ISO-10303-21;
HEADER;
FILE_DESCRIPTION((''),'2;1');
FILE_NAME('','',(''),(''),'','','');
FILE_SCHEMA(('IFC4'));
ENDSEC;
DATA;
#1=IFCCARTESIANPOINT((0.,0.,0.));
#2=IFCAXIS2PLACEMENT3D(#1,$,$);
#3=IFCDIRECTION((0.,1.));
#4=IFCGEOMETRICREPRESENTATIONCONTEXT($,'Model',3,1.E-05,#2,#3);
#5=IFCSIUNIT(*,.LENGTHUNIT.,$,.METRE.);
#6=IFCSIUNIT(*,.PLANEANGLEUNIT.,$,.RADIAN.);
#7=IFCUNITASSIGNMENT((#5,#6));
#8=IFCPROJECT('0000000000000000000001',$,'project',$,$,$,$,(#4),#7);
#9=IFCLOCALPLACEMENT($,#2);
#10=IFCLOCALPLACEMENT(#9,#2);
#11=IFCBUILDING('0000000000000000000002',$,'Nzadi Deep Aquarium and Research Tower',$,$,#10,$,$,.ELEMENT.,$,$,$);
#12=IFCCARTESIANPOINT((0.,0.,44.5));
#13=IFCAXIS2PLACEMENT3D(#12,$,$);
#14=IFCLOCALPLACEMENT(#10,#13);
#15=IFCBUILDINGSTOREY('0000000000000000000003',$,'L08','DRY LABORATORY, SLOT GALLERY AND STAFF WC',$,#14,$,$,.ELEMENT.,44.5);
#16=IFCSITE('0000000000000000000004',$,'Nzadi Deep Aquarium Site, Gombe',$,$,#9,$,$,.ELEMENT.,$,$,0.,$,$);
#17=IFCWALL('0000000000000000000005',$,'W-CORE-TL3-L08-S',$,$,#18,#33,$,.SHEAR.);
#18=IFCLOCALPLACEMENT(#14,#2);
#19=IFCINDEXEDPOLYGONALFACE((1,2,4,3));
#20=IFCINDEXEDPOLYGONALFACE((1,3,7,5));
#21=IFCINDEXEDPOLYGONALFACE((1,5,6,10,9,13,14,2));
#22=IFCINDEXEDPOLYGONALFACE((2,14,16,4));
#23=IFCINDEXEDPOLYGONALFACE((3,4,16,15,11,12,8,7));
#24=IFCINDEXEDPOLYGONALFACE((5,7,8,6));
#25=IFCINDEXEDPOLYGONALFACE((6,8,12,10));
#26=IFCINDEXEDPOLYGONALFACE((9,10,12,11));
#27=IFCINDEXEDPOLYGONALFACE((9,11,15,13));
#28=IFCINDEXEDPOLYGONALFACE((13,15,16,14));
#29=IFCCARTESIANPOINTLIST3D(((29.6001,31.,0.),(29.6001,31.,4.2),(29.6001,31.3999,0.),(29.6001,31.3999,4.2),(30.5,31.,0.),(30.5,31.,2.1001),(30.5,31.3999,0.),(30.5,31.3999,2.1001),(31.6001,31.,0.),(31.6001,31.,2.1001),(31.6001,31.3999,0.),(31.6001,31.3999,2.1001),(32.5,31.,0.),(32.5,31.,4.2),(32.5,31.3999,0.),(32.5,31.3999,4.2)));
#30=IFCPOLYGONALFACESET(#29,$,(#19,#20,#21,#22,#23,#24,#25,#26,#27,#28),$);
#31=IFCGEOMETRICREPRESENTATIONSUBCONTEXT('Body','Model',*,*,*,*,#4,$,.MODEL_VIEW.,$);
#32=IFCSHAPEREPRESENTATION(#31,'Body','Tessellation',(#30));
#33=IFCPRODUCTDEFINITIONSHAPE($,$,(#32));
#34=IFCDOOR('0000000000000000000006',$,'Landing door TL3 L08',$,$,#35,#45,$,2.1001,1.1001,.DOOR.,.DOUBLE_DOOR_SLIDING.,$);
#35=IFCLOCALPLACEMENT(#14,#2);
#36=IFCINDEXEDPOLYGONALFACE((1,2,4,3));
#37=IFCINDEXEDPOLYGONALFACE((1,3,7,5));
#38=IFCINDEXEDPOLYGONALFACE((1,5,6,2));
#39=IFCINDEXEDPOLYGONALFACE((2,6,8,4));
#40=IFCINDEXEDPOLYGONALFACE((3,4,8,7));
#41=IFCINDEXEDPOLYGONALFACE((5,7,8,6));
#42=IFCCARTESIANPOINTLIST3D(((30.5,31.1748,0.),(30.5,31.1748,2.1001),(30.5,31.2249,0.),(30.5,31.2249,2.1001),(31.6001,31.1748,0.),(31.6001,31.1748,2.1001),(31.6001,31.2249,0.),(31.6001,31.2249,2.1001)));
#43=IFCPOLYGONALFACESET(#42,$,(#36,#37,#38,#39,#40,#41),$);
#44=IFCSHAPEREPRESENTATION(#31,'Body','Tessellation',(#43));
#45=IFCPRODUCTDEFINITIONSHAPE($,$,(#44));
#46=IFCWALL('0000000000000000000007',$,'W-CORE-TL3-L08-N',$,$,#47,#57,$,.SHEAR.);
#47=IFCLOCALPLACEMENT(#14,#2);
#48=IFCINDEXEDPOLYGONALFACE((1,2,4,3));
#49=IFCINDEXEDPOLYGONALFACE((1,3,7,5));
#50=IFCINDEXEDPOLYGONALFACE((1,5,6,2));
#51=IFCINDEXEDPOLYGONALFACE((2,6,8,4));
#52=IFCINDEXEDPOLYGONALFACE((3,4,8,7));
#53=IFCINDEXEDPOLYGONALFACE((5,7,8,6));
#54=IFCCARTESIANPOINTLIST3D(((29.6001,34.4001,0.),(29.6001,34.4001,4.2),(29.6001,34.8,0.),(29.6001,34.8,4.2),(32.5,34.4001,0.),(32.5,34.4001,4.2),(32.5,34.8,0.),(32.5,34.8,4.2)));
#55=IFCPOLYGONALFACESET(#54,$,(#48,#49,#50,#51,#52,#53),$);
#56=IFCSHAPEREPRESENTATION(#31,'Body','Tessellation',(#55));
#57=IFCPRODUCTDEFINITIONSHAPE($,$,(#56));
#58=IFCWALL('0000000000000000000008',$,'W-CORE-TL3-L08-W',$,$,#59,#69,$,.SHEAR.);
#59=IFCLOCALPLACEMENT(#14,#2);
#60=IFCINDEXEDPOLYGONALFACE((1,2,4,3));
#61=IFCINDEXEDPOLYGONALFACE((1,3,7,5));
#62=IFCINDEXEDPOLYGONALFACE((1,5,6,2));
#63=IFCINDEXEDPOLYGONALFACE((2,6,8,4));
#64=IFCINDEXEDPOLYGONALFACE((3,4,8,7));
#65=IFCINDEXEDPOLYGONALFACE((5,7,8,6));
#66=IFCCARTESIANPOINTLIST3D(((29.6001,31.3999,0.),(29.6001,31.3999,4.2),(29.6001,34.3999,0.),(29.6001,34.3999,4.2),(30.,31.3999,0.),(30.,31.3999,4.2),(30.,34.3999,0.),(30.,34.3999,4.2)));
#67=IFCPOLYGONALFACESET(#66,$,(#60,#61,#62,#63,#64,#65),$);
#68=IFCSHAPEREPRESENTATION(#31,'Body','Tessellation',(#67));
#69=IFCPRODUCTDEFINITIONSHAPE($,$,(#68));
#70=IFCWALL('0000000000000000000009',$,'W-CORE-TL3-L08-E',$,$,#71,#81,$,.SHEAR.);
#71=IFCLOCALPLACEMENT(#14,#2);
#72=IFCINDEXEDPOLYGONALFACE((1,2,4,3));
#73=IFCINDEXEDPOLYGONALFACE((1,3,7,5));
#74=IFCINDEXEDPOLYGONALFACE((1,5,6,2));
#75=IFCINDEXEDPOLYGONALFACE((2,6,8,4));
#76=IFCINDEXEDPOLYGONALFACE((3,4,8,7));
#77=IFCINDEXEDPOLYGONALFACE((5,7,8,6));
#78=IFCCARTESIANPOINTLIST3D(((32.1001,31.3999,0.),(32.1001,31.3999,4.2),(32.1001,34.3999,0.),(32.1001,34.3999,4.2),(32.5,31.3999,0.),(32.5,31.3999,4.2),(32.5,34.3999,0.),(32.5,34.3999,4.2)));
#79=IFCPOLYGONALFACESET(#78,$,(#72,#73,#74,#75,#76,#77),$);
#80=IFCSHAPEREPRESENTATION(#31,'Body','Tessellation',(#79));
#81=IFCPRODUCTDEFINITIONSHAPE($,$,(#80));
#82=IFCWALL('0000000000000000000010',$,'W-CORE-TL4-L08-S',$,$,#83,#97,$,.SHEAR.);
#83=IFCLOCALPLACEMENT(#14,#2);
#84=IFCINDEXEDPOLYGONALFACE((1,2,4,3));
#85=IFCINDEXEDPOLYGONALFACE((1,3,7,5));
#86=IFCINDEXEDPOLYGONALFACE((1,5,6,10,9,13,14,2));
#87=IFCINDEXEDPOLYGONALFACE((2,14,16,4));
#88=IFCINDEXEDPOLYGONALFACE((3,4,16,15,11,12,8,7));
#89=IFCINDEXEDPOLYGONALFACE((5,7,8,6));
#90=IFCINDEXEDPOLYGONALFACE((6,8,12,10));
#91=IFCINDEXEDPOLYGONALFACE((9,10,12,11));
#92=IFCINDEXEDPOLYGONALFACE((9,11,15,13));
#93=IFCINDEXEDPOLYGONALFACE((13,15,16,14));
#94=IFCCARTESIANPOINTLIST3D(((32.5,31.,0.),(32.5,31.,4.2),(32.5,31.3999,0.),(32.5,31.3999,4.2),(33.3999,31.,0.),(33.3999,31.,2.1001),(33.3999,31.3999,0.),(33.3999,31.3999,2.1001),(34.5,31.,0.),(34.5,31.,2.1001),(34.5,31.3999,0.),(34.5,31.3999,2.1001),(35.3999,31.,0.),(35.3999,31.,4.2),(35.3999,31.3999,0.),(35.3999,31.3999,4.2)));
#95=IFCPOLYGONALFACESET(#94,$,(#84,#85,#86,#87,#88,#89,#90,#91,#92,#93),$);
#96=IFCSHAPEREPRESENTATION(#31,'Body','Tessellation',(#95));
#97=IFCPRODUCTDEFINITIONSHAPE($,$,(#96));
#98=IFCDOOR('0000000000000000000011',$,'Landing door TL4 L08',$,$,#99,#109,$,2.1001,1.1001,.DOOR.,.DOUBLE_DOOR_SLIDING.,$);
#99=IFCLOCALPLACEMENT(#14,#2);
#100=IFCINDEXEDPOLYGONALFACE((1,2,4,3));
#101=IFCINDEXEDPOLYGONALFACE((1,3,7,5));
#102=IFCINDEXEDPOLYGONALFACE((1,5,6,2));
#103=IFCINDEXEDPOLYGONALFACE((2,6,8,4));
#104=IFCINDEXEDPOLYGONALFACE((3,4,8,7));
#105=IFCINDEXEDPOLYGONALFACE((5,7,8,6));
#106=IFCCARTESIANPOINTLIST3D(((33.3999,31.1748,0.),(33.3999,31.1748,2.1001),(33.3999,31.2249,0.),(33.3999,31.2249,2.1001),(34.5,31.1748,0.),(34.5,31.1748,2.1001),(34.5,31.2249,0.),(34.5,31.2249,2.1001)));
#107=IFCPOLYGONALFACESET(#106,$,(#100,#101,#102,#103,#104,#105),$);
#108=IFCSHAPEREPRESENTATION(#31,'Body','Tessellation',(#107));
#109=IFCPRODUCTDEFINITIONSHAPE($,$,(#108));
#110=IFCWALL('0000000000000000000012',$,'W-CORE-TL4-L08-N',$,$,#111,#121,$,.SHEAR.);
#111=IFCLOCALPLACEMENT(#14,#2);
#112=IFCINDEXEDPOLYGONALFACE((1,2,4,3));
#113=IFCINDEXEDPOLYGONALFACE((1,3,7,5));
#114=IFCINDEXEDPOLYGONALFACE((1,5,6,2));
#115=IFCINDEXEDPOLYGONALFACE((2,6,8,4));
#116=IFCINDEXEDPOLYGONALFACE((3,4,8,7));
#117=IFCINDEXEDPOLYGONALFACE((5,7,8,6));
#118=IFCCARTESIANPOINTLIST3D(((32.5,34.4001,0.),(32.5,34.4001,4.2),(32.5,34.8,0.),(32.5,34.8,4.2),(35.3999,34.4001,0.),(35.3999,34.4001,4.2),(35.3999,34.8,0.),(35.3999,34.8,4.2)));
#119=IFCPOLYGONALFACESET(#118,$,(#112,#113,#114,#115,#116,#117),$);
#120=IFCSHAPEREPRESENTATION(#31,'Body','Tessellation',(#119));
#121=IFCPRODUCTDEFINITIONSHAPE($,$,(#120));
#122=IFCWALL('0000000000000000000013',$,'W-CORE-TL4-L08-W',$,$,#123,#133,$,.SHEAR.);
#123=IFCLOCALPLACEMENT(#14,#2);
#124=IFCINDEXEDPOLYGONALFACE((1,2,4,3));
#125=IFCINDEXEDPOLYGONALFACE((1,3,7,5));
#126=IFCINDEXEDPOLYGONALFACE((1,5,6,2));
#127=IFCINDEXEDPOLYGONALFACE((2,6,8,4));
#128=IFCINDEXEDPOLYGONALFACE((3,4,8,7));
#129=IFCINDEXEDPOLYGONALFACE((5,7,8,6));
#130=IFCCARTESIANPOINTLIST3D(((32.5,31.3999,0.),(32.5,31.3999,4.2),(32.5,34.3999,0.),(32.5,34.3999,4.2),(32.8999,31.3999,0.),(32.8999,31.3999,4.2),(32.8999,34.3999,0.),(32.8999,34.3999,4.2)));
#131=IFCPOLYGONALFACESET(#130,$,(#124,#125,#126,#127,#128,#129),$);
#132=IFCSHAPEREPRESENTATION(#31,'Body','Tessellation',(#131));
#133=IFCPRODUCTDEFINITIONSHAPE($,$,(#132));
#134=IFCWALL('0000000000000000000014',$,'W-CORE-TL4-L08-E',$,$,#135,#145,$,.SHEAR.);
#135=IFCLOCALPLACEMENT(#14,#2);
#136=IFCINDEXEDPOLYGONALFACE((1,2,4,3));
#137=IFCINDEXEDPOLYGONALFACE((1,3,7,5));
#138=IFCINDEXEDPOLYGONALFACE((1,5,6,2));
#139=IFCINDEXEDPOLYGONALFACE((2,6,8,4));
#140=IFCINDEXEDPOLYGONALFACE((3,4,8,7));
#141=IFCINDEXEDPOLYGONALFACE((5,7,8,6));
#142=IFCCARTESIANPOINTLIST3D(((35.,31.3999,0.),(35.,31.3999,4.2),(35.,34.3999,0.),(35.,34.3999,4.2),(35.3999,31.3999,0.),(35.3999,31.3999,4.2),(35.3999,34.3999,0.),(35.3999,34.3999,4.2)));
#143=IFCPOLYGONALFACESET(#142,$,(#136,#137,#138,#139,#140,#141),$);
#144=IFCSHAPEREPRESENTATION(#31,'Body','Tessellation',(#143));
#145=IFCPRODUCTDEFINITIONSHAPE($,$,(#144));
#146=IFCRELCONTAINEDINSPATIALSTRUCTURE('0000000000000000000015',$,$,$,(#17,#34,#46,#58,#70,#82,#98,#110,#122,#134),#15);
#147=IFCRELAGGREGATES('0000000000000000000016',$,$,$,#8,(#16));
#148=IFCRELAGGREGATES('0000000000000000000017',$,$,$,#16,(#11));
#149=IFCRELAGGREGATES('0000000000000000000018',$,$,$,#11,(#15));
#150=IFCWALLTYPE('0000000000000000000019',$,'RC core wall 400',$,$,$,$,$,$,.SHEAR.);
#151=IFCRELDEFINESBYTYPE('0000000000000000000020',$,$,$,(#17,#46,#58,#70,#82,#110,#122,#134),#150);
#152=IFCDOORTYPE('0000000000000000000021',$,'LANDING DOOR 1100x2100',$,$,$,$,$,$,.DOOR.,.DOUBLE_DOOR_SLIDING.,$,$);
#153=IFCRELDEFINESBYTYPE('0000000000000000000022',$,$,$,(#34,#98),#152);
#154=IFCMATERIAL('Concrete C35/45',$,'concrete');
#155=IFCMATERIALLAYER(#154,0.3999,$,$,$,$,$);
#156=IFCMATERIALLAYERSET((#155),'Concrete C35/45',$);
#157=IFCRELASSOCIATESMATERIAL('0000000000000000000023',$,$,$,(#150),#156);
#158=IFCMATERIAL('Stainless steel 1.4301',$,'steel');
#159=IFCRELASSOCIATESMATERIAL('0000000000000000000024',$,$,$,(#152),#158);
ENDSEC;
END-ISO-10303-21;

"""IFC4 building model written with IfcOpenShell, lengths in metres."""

from ifc_helpers import new_model, si_unit, direction, frame, frame_2d, origin, place, context, subcontext, project, spatial, rectangle, extrude, material, layer, layer_set, type_object, element, fill, save


model = new_model("IFC4")

# Units and contexts
model_context = context("Model", 3, precision=1e-05, world=origin(), true_north=direction((0.0, 1.0)))
body_context = subcontext(model_context, "Body", "Model", "MODEL_VIEW")
ifc_project = project(units=[si_unit("LENGTHUNIT", "METRE"), si_unit("PLANEANGLEUNIT", "RADIAN")], contexts=[model_context])

# Site, building, storey
site_placement = place(None, origin())
site = spatial("IfcSite", under=ifc_project, at=site_placement, Name="Nzadi Deep Aquarium Site, Gombe", CompositionType="ELEMENT", RefElevation=0.0)
building_placement = place(site_placement, origin())
building = spatial("IfcBuilding", under=site, at=building_placement, Name="Nzadi Deep Aquarium and Research Tower", CompositionType="ELEMENT")
storey_placement = place(building_placement, frame((0.0, 0.0, 44.5)))
storey = spatial("IfcBuildingStorey", under=building, at=storey_placement, Name="L08", Description="DRY LABORATORY, SLOT GALLERY AND STAFF WC", CompositionType="ELEMENT", Elevation=44.5)

# Wall, opening, door
ifc_material_1 = material(Name="Concrete C35/45", Category="concrete")
ifc_layer_1 = layer(ifc_material_1, 0.3999)
ifc_layer_set_1 = layer_set([ifc_layer_1], Name="Concrete C35/45")
wall_type_1 = type_object("IfcWallType", Name="RC core wall 400", PredefinedType="SHEAR", material=ifc_layer_set_1)
wall_1_placement = place(storey_placement, frame((29.6001, 31.2, 0.0), z_axis=(0.0, 0.0, 1.0), x_axis=(1.0, 0.0, 0.0)))
wall_1 = element("IfcWall", 1, at=wall_1_placement, inside=storey, type_object=wall_type_1, Name="W-CORE-TL3-L08-S", PredefinedType="SHEAR", context=body_context, shape_type="SweptSolid", body=[
    extrude(rectangle(XDim=2.8999, YDim=0.3999, at=frame_2d((1.45, 0.0))), origin(), (0.0, 0.0, 1.0), 4.2),
])
opening_1_placement = place(wall_1_placement, frame((0.8999, 0.0, 0.0)))
opening_1 = element("IfcOpeningElement", 2, at=opening_1_placement, cuts=wall_1, PredefinedType="OPENING", context=body_context, shape_type="SweptSolid", body=[
    extrude(rectangle(XDim=1.1001, YDim=2.1001, at=frame_2d((0.55, 1.05))), frame((0.0, 0.21, 0.0), z_axis=(0.0, -1.0, 0.0), x_axis=(1.0, 0.0, 0.0)), (0.0, 0.0, 1.0), 0.4199),
])
ifc_material_2 = material(Name="Stainless steel 1.4301", Category="steel")
door_type_1 = type_object("IfcDoorType", Name="LANDING DOOR 1100x2100", OperationType="DOUBLE_DOOR_SLIDING", PredefinedType="DOOR", material=ifc_material_2)
door_1_placement = place(opening_1_placement, origin())
door_1 = element("IfcDoor", 3, at=door_1_placement, inside=storey, type_object=door_type_1, Name="Landing door TL3 L08", OperationType="DOUBLE_DOOR_SLIDING", OverallHeight=2.1001, OverallWidth=1.1001, PredefinedType="DOOR", context=body_context, shape_type="SweptSolid", body=[
    extrude(rectangle(XDim=1.1001, YDim=2.1001, at=frame_2d((0.55, 1.05))), frame((0.0, 0.0249, 0.0), z_axis=(0.0, -1.0, 0.0), x_axis=(1.0, 0.0, 0.0)), (0.0, 0.0, 1.0), 0.05),
])
fill(opening_1, door_1)

# Walls
wall_2_placement = place(storey_placement, frame((29.6001, 34.6001, 0.0), z_axis=(0.0, 0.0, 1.0), x_axis=(1.0, 0.0, 0.0)))
element("IfcWall", 4, at=wall_2_placement, inside=storey, type_object=wall_type_1, Name="W-CORE-TL3-L08-N", PredefinedType="SHEAR", context=body_context, shape_type="SweptSolid", body=[
    extrude(rectangle(XDim=2.8999, YDim=0.3999, at=frame_2d((1.45, 0.0))), origin(), (0.0, 0.0, 1.0), 4.2),
])
for number, where, z_axis, x_axis, name in (
    (5, (29.8, 31.3999, 0.0), (0.0, 0.0, 1.0), (0.0, 1.0, 0.0), "W-CORE-TL3-L08-W"),
    (6, (32.3, 31.3999, 0.0), (0.0, 0.0, 1.0), (0.0, 1.0, 0.0), "W-CORE-TL3-L08-E"),
):
    element("IfcWall", number, at=place(storey_placement, frame(where, z_axis=z_axis, x_axis=x_axis)), inside=storey, type_object=wall_type_1, Name=name, PredefinedType="SHEAR", context=body_context, shape_type="SweptSolid", body=[
        extrude(rectangle(XDim=3.0, YDim=0.3999, at=frame_2d((1.5, 0.0))), origin(), (0.0, 0.0, 1.0), 4.2),
    ])

# Wall, opening, door
wall_3_placement = place(storey_placement, frame((32.5, 31.2, 0.0), z_axis=(0.0, 0.0, 1.0), x_axis=(1.0, 0.0, 0.0)))
wall_3 = element("IfcWall", 7, at=wall_3_placement, inside=storey, type_object=wall_type_1, Name="W-CORE-TL4-L08-S", PredefinedType="SHEAR", context=body_context, shape_type="SweptSolid", body=[
    extrude(rectangle(XDim=2.8999, YDim=0.3999, at=frame_2d((1.45, 0.0))), origin(), (0.0, 0.0, 1.0), 4.2),
])
opening_2_placement = place(wall_3_placement, frame((0.8999, 0.0, 0.0)))
opening_2 = element("IfcOpeningElement", 8, at=opening_2_placement, cuts=wall_3, PredefinedType="OPENING", context=body_context, shape_type="SweptSolid", body=[
    extrude(rectangle(XDim=1.1001, YDim=2.1001, at=frame_2d((0.55, 1.05))), frame((0.0, 0.21, 0.0), z_axis=(0.0, -1.0, 0.0), x_axis=(1.0, 0.0, 0.0)), (0.0, 0.0, 1.0), 0.4199),
])
door_2_placement = place(opening_2_placement, origin())
door_2 = element("IfcDoor", 9, at=door_2_placement, inside=storey, type_object=door_type_1, Name="Landing door TL4 L08", OperationType="DOUBLE_DOOR_SLIDING", OverallHeight=2.1001, OverallWidth=1.1001, PredefinedType="DOOR", context=body_context, shape_type="SweptSolid", body=[
    extrude(rectangle(XDim=1.1001, YDim=2.1001, at=frame_2d((0.55, 1.05))), frame((0.0, 0.0249, 0.0), z_axis=(0.0, -1.0, 0.0), x_axis=(1.0, 0.0, 0.0)), (0.0, 0.0, 1.0), 0.05),
])
fill(opening_2, door_2)

# Walls
wall_4_placement = place(storey_placement, frame((32.5, 34.6001, 0.0), z_axis=(0.0, 0.0, 1.0), x_axis=(1.0, 0.0, 0.0)))
element("IfcWall", 10, at=wall_4_placement, inside=storey, type_object=wall_type_1, Name="W-CORE-TL4-L08-N", PredefinedType="SHEAR", context=body_context, shape_type="SweptSolid", body=[
    extrude(rectangle(XDim=2.8999, YDim=0.3999, at=frame_2d((1.45, 0.0))), origin(), (0.0, 0.0, 1.0), 4.2),
])
for number, where, z_axis, x_axis, name in (
    (11, (32.7, 31.3999, 0.0), (0.0, 0.0, 1.0), (0.0, 1.0, 0.0), "W-CORE-TL4-L08-W"),
    (12, (35.2, 31.3999, 0.0), (0.0, 0.0, 1.0), (0.0, 1.0, 0.0), "W-CORE-TL4-L08-E"),
):
    element("IfcWall", number, at=place(storey_placement, frame(where, z_axis=z_axis, x_axis=x_axis)), inside=storey, type_object=wall_type_1, Name=name, PredefinedType="SHEAR", context=body_context, shape_type="SweptSolid", body=[
        extrude(rectangle(XDim=3.0, YDim=0.3999, at=frame_2d((1.5, 0.0))), origin(), (0.0, 0.0, 1.0), 4.2),
    ])

save(model, "model.ifc")
